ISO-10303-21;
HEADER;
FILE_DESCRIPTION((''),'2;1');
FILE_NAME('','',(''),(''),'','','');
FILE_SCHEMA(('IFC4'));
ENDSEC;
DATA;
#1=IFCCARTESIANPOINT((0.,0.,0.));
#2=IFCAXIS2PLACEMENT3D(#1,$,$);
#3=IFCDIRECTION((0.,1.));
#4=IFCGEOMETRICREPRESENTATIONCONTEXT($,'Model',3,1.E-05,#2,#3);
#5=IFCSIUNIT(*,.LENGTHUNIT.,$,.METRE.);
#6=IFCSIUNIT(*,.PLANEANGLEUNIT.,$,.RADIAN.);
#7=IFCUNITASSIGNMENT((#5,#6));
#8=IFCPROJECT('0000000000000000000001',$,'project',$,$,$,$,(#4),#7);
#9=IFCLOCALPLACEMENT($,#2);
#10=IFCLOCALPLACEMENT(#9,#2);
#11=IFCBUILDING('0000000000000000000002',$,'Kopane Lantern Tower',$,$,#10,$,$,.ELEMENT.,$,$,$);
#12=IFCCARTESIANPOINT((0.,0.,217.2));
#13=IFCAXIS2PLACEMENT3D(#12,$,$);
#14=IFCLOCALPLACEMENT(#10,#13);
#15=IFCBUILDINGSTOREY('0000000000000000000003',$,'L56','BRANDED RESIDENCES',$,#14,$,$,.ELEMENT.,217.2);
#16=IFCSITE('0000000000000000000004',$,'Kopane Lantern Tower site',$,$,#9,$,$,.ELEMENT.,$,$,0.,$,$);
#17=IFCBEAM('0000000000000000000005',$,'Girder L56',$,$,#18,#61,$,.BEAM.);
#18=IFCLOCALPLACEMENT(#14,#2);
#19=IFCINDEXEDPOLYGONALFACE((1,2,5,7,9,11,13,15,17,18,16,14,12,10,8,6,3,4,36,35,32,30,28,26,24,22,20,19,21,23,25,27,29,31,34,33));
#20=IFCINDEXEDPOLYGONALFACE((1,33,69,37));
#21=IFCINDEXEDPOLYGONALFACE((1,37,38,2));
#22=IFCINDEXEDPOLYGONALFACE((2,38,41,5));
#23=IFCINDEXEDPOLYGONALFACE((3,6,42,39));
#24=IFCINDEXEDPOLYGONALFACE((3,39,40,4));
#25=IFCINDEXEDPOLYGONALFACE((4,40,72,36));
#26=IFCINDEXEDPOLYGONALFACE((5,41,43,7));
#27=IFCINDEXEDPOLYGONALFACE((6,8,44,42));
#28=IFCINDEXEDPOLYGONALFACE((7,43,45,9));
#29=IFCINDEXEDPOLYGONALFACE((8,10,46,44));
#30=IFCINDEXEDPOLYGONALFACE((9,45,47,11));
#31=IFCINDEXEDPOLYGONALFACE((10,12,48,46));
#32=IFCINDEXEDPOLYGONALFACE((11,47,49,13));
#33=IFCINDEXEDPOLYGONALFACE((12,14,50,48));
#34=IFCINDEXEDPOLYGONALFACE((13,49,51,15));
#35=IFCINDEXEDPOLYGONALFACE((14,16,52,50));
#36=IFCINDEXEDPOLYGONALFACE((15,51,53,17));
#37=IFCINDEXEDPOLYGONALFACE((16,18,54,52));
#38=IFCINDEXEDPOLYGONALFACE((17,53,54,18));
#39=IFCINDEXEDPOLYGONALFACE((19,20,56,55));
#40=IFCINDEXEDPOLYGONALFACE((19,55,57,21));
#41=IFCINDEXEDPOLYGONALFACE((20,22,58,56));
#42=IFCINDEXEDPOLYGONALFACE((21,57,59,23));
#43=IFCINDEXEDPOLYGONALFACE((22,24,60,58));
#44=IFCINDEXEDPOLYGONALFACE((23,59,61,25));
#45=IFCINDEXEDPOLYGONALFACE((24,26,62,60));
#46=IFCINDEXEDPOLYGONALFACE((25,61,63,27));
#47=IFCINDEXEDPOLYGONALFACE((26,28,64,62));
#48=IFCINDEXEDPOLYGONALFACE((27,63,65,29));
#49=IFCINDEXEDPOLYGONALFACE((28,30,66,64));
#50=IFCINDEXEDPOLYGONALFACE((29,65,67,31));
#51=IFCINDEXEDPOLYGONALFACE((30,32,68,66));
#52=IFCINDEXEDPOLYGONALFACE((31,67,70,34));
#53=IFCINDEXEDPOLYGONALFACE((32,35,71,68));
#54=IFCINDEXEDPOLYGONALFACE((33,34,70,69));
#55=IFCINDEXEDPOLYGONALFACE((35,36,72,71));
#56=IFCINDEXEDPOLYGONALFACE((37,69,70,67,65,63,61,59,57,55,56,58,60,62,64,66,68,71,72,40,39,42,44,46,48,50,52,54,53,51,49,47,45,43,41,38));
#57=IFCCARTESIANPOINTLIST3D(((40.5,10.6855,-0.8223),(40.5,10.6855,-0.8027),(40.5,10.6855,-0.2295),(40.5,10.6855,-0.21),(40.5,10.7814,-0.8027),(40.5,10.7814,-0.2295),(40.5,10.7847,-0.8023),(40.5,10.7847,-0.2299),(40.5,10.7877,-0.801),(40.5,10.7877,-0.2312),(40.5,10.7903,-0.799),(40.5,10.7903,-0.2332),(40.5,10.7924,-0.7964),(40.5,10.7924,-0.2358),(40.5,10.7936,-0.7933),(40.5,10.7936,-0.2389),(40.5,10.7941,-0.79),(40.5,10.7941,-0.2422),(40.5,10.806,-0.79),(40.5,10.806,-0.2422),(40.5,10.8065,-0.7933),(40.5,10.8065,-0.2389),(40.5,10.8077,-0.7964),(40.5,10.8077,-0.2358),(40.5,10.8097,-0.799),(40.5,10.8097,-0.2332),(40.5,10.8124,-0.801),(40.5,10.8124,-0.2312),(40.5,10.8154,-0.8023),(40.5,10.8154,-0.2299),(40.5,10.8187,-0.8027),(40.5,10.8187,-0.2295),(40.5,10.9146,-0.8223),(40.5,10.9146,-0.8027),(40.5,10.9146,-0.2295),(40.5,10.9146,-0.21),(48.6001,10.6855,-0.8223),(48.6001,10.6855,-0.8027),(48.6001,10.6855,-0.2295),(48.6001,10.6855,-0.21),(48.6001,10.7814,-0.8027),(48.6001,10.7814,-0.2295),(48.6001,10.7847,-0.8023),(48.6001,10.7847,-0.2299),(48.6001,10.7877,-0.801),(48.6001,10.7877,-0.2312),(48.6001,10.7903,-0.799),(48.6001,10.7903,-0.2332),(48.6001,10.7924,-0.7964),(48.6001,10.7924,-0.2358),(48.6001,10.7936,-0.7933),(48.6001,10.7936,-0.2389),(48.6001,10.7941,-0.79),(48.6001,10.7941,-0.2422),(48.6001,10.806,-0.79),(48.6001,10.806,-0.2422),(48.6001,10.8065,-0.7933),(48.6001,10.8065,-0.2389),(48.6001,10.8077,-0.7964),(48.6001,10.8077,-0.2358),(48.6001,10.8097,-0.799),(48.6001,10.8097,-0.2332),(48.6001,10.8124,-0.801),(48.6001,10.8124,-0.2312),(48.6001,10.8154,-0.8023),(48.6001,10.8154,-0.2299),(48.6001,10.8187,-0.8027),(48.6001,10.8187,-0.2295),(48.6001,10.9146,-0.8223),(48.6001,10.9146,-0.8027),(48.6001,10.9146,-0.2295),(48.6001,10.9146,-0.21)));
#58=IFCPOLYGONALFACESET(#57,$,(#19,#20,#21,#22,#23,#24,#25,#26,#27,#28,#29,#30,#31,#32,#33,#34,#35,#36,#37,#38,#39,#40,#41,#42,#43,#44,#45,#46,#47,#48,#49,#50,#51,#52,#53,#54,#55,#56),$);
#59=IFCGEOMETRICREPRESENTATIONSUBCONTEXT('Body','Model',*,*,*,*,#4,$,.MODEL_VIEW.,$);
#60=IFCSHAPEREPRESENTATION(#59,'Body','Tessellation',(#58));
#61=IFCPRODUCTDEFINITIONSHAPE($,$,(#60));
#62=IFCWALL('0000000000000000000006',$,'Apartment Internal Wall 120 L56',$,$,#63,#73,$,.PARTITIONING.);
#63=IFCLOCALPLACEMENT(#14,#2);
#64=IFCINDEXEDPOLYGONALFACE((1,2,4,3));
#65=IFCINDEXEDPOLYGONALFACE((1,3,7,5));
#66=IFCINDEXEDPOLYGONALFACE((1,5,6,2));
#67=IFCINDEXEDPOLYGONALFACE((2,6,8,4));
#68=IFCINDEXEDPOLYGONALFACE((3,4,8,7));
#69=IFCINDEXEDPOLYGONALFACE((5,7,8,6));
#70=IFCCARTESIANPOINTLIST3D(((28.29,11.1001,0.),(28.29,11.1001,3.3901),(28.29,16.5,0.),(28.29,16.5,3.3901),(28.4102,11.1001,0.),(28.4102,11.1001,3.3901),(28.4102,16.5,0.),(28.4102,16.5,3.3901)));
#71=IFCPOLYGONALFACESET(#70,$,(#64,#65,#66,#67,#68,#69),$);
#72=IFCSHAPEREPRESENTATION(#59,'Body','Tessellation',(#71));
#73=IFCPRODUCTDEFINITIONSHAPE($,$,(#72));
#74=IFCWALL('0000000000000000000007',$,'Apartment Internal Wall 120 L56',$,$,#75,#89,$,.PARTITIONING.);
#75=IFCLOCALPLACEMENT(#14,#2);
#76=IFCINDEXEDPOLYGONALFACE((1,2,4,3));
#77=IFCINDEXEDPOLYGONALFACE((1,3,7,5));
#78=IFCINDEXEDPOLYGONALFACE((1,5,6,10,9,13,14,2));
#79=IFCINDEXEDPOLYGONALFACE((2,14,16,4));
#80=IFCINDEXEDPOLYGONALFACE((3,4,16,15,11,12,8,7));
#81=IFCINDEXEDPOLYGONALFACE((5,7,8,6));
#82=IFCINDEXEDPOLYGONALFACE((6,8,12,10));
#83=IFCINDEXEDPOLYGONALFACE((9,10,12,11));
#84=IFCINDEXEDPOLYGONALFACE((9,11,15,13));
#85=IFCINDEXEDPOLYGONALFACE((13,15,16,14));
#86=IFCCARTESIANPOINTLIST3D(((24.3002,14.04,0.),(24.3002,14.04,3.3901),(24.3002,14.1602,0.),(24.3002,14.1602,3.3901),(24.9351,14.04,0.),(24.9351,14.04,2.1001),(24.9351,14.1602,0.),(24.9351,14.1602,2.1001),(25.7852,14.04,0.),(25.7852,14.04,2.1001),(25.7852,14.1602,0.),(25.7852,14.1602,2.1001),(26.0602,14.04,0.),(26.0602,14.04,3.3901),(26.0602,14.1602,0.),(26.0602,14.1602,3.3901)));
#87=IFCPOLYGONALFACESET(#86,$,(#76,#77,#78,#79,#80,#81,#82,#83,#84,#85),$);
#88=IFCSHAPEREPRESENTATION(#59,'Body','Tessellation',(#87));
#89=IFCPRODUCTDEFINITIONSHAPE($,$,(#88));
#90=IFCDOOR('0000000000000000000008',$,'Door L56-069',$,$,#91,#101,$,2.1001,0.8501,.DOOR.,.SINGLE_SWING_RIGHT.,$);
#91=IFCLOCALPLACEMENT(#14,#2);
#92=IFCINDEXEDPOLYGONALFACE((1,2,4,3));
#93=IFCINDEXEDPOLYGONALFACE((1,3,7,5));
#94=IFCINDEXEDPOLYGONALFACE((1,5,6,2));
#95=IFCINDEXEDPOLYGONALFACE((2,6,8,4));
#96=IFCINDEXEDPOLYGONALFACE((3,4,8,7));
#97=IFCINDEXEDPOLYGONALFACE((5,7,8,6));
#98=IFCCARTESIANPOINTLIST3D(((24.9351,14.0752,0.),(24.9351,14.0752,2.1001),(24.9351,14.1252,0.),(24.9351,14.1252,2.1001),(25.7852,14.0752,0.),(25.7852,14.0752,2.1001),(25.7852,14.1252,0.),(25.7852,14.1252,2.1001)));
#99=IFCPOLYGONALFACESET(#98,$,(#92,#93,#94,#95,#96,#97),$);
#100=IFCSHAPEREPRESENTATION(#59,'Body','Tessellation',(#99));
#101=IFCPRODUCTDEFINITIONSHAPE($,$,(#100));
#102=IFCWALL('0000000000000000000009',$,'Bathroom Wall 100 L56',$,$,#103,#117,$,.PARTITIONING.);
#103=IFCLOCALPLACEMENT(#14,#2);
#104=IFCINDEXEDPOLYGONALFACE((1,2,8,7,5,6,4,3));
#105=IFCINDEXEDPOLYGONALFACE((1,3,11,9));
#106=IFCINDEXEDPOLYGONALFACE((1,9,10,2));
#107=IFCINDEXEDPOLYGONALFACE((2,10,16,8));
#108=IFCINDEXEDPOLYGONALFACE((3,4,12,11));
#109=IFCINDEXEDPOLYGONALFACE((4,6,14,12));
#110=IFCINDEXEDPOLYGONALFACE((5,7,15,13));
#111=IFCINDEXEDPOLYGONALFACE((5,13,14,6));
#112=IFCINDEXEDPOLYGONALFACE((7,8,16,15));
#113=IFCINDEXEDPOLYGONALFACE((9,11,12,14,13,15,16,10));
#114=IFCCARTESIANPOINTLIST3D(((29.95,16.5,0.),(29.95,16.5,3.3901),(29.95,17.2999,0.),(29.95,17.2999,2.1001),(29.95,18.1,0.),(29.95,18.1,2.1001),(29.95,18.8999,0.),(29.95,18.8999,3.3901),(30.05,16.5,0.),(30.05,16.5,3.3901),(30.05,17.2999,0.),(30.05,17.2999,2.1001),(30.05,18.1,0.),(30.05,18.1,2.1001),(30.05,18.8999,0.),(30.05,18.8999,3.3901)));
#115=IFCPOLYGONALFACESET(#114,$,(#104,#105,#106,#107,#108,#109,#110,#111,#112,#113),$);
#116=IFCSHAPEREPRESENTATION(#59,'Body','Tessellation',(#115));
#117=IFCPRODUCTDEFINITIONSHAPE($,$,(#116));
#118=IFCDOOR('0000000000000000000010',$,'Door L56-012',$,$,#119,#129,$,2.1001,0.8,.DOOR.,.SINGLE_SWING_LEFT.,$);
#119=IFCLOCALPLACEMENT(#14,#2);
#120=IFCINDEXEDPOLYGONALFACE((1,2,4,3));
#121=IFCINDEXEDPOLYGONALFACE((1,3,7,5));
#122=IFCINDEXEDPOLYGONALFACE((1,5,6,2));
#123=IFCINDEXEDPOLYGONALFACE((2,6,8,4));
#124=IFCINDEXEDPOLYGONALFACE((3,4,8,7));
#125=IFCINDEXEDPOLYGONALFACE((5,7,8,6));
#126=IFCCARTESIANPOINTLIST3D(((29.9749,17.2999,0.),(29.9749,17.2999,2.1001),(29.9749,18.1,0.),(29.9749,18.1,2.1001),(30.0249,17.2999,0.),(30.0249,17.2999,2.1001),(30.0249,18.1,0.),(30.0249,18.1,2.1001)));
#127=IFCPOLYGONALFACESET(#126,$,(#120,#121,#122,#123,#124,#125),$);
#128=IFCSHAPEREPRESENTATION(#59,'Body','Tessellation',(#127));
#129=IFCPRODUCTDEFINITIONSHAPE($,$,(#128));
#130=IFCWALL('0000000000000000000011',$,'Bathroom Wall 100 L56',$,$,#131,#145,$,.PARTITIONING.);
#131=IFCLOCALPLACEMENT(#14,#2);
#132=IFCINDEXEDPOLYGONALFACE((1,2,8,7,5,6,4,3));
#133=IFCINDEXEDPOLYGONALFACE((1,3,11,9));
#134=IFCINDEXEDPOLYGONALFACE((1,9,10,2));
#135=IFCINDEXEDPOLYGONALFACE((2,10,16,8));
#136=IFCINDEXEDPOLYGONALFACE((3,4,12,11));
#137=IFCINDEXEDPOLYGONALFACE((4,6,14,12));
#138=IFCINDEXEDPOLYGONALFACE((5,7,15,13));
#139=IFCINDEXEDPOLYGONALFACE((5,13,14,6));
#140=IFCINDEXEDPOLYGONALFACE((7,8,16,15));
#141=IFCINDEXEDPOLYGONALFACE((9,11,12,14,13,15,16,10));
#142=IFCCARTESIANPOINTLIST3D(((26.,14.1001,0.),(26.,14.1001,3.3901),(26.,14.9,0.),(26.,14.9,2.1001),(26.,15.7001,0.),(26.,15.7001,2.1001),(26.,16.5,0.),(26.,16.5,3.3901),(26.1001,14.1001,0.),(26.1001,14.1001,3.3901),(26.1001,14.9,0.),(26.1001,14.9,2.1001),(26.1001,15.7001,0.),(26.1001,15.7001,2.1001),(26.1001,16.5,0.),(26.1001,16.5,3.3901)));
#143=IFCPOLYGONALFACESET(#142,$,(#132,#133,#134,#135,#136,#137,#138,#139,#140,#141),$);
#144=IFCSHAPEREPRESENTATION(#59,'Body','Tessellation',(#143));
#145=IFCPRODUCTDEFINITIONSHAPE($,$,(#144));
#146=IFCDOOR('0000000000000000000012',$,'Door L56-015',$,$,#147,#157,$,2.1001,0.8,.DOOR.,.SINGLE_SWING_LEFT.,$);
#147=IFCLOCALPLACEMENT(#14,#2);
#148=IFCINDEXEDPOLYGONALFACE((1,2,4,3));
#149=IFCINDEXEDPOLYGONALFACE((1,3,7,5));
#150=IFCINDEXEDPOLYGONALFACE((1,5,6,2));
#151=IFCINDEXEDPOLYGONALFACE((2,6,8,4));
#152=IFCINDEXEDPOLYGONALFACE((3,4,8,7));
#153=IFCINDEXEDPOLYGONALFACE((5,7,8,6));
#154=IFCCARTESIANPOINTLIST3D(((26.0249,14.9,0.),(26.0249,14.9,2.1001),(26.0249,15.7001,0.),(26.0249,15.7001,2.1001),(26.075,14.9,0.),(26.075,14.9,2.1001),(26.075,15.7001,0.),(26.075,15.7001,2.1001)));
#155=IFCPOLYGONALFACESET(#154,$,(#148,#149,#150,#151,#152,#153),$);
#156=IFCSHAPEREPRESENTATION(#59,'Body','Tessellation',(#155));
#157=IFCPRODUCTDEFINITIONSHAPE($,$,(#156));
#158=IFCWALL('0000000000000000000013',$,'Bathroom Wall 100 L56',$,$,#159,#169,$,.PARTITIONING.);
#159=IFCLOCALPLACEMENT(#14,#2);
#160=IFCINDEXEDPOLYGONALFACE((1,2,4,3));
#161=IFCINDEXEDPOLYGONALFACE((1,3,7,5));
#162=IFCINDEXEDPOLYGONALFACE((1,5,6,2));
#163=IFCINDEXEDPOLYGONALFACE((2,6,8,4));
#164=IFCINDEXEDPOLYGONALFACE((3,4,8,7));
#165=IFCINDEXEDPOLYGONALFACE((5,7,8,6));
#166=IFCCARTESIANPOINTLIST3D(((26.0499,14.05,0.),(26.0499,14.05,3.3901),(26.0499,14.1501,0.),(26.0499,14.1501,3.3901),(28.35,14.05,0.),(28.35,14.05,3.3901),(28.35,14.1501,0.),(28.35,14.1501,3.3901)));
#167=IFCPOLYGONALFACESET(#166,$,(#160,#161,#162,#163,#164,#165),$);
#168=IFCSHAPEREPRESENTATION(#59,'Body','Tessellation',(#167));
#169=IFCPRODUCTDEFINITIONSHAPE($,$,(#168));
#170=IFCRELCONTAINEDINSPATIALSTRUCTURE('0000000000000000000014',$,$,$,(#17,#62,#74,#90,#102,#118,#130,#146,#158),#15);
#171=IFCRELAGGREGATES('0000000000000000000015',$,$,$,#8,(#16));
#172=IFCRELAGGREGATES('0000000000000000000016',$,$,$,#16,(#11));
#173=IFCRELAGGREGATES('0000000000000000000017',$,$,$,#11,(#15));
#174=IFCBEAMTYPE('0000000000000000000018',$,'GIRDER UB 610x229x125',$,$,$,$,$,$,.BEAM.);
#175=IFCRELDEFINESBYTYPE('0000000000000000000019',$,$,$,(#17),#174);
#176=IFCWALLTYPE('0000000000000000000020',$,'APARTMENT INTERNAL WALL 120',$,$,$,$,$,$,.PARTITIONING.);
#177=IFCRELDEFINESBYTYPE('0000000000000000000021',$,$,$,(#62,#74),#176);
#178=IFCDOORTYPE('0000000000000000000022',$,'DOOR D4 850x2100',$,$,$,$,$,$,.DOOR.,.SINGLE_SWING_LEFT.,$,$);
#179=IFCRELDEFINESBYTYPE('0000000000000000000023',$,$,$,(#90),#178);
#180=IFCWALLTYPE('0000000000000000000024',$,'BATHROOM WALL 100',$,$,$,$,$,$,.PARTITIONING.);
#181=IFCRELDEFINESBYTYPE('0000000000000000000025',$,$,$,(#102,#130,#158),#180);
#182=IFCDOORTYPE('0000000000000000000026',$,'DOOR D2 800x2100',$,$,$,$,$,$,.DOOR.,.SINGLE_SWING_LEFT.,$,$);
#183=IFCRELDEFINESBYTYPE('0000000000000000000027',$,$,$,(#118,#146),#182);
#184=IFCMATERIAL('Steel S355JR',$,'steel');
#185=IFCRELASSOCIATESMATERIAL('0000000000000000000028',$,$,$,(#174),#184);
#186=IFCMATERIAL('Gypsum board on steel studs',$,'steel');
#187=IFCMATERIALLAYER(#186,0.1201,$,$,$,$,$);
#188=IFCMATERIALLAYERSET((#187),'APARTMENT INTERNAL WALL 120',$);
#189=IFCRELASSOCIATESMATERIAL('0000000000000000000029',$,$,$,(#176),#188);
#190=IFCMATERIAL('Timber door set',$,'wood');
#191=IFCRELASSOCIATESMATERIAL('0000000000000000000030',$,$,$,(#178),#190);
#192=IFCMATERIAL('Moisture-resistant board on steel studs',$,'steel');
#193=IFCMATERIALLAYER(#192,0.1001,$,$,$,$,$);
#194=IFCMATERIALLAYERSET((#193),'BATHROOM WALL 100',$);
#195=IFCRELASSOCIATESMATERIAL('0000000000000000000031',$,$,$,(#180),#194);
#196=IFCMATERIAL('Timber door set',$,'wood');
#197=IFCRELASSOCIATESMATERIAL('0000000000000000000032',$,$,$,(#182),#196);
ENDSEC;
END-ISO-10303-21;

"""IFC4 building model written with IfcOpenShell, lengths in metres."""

from ifc_helpers import new_model, si_unit, direction, frame, frame_2d, origin, origin_2d, place, context, subcontext, project, spatial, rectangle, i_section, extrude, material, layer, layer_set, material_profile, profile_set, type_object, element, fill, save


model = new_model("IFC4")

# Units and contexts
model_context = context("Model", 3, precision=1e-05, world=origin(), true_north=direction((0.0, 1.0)))
body_context = subcontext(model_context, "Body", "Model", "MODEL_VIEW")
ifc_project = project(units=[si_unit("LENGTHUNIT", "METRE"), si_unit("PLANEANGLEUNIT", "RADIAN")], contexts=[model_context])

# Site, building, storey
site_placement = place(None, origin())
site = spatial("IfcSite", under=ifc_project, at=site_placement, Name="Kopane Lantern Tower site", CompositionType="ELEMENT", RefElevation=0.0)
building_placement = place(site_placement, origin())
building = spatial("IfcBuilding", under=site, at=building_placement, Name="Kopane Lantern Tower", CompositionType="ELEMENT")
storey_placement = place(building_placement, frame((0.0, 0.0, 217.2)))
storey = spatial("IfcBuildingStorey", under=building, at=storey_placement, Name="L56", Description="BRANDED RESIDENCES", CompositionType="ELEMENT", Elevation=217.2)

# Beam
ifc_material_1 = material(Name="Steel S355JR", Category="steel")
ifc_material_profile_1 = material_profile(ifc_material_1, i_section(OverallWidth=0.229, OverallDepth=0.6123, WebThickness=0.012, FlangeThickness=0.0195, FilletRadius=0.0127, at=origin_2d()), Name="UB 610x229x125")
ifc_profile_set_1 = profile_set([ifc_material_profile_1], Name="Steel S355JR")
beam_type = type_object("IfcBeamType", Name="GIRDER UB 610x229x125", PredefinedType="BEAM", material=ifc_profile_set_1)
beam_1_placement = place(storey_placement, frame((40.5, 10.8, -0.5161), z_axis=(1.0, 0.0, 0.0), x_axis=(0.0, 1.0, 0.0)))
element("IfcBeam", 1, at=beam_1_placement, inside=storey, type_object=beam_type, Name="Girder L56", PredefinedType="BEAM", context=body_context, shape_type="SweptSolid", body=[
    extrude(i_section(OverallWidth=0.229, OverallDepth=0.6123, WebThickness=0.012, FlangeThickness=0.0195, FilletRadius=0.0127, at=origin_2d()), origin(), (0.0, 0.0, 1.0), 8.1001),
])

# Wall
ifc_material_2 = material(Name="Gypsum board on steel studs", Category="steel")
ifc_layer_1 = layer(ifc_material_2, 0.1201)
ifc_layer_set_1 = layer_set([ifc_layer_1], Name="APARTMENT INTERNAL WALL 120")
wall_type_1 = type_object("IfcWallType", Name="APARTMENT INTERNAL WALL 120", PredefinedType="PARTITIONING", material=ifc_layer_set_1)
wall_1_placement = place(storey_placement, frame((28.3501, 16.5, 0.0), z_axis=(0.0, 0.0, 1.0), x_axis=(0.0, -1.0, 0.0)))
element("IfcWall", 2, at=wall_1_placement, inside=storey, type_object=wall_type_1, Name="Apartment Internal Wall 120 L56", PredefinedType="PARTITIONING", context=body_context, shape_type="SweptSolid", body=[
    extrude(rectangle(XDim=5.3999, YDim=0.1201, at=frame_2d((2.7, 0.0))), origin(), (0.0, 0.0, 1.0), 3.3901),
])

# Walls, openings, doors
wall_2_placement = place(storey_placement, frame((26.0601, 14.1001, 0.0), z_axis=(0.0, 0.0, 1.0), x_axis=(-1.0, 0.0, 0.0)))
wall_2 = element("IfcWall", 3, at=wall_2_placement, inside=storey, type_object=wall_type_1, Name="Apartment Internal Wall 120 L56", PredefinedType="PARTITIONING", context=body_context, shape_type="SweptSolid", body=[
    extrude(rectangle(XDim=1.76, YDim=0.1201, at=frame_2d((0.8799, 0.0))), origin(), (0.0, 0.0, 1.0), 3.3901),
])
opening_1_placement = place(wall_2_placement, frame((0.2749, 0.0, 0.0)))
opening_1 = element("IfcOpeningElement", 4, at=opening_1_placement, cuts=wall_2, PredefinedType="OPENING", context=body_context, shape_type="SweptSolid", body=[
    extrude(rectangle(XDim=0.8501, YDim=2.1001, at=frame_2d((0.425, 1.05))), frame((0.0, 0.0701, 0.0), z_axis=(0.0, -1.0, 0.0), x_axis=(1.0, 0.0, 0.0)), (0.0, 0.0, 1.0), 0.1401),
])
ifc_material_3 = material(Name="Timber door set", Category="wood")
door_type_1 = type_object("IfcDoorType", Name="DOOR D4 850x2100", OperationType="SINGLE_SWING_LEFT", PredefinedType="DOOR", material=ifc_material_3)
door_1_placement = place(opening_1_placement, origin())
door_1 = element("IfcDoor", 5, at=door_1_placement, inside=storey, type_object=door_type_1, Name="Door L56-069", OperationType="SINGLE_SWING_RIGHT", OverallHeight=2.1001, OverallWidth=0.8501, PredefinedType="DOOR", context=body_context, shape_type="SweptSolid", body=[
    extrude(rectangle(XDim=0.8501, YDim=2.1001, at=frame_2d((0.425, 1.05))), frame((0.0, 0.0249, 0.0), z_axis=(0.0, -1.0, 0.0), x_axis=(1.0, 0.0, 0.0)), (0.0, 0.0, 1.0), 0.05),
])
fill(opening_1, door_1)
ifc_material_4 = material(Name="Moisture-resistant board on steel studs", Category="steel")
ifc_layer_2 = layer(ifc_material_4, 0.1001)
ifc_layer_set_2 = layer_set([ifc_layer_2], Name="BATHROOM WALL 100")
wall_type_2 = type_object("IfcWallType", Name="BATHROOM WALL 100", PredefinedType="PARTITIONING", material=ifc_layer_set_2)
wall_3_placement = place(storey_placement, frame((30.0, 18.8999, 0.0), z_axis=(0.0, 0.0, 1.0), x_axis=(0.0, -1.0, 0.0)))
wall_3 = element("IfcWall", 6, at=wall_3_placement, inside=storey, type_object=wall_type_2, Name="Bathroom Wall 100 L56", PredefinedType="PARTITIONING", context=body_context, shape_type="SweptSolid", body=[
    extrude(rectangle(XDim=2.3999, YDim=0.1001, at=frame_2d((1.2, 0.0))), origin(), (0.0, 0.0, 1.0), 3.3901),
])
opening_2_placement = place(wall_3_placement, frame((0.8, 0.0, 0.0)))
opening_2 = element("IfcOpeningElement", 7, at=opening_2_placement, cuts=wall_3, PredefinedType="OPENING", context=body_context, shape_type="SweptSolid", body=[
    extrude(rectangle(XDim=0.8, YDim=2.1001, at=frame_2d((0.3999, 1.05))), frame((0.0, 0.0601, 0.0), z_axis=(0.0, -1.0, 0.0), x_axis=(1.0, 0.0, 0.0)), (0.0, 0.0, 1.0), 0.1201),
])
ifc_material_5 = material(Name="Timber door set", Category="wood")
door_type_2 = type_object("IfcDoorType", Name="DOOR D2 800x2100", OperationType="SINGLE_SWING_LEFT", PredefinedType="DOOR", material=ifc_material_5)
door_2_placement = place(opening_2_placement, origin())
door_2 = element("IfcDoor", 8, at=door_2_placement, inside=storey, type_object=door_type_2, Name="Door L56-012", OperationType="SINGLE_SWING_LEFT", OverallHeight=2.1001, OverallWidth=0.8, PredefinedType="DOOR", context=body_context, shape_type="SweptSolid", body=[
    extrude(rectangle(XDim=0.8, YDim=2.1001, at=frame_2d((0.3999, 1.05))), frame((0.0, 0.0249, 0.0), z_axis=(0.0, -1.0, 0.0), x_axis=(1.0, 0.0, 0.0)), (0.0, 0.0, 1.0), 0.05),
])
fill(opening_2, door_2)
wall_4_placement = place(storey_placement, frame((26.05, 16.5, 0.0), z_axis=(0.0, 0.0, 1.0), x_axis=(0.0, -1.0, 0.0)))
wall_4 = element("IfcWall", 9, at=wall_4_placement, inside=storey, type_object=wall_type_2, Name="Bathroom Wall 100 L56", PredefinedType="PARTITIONING", context=body_context, shape_type="SweptSolid", body=[
    extrude(rectangle(XDim=2.3999, YDim=0.1001, at=frame_2d((1.2, 0.0))), origin(), (0.0, 0.0, 1.0), 3.3901),
])
opening_3_placement = place(wall_4_placement, frame((0.8, 0.0, 0.0)))
opening_3 = element("IfcOpeningElement", 10, at=opening_3_placement, cuts=wall_4, PredefinedType="OPENING", context=body_context, shape_type="SweptSolid", body=[
    extrude(rectangle(XDim=0.8, YDim=2.1001, at=frame_2d((0.3999, 1.05))), frame((0.0, 0.0601, 0.0), z_axis=(0.0, -1.0, 0.0), x_axis=(1.0, 0.0, 0.0)), (0.0, 0.0, 1.0), 0.1201),
])
door_3_placement = place(opening_3_placement, origin())
door_3 = element("IfcDoor", 11, at=door_3_placement, inside=storey, type_object=door_type_2, Name="Door L56-015", OperationType="SINGLE_SWING_LEFT", OverallHeight=2.1001, OverallWidth=0.8, PredefinedType="DOOR", context=body_context, shape_type="SweptSolid", body=[
    extrude(rectangle(XDim=0.8, YDim=2.1001, at=frame_2d((0.3999, 1.05))), frame((0.0, 0.0249, 0.0), z_axis=(0.0, -1.0, 0.0), x_axis=(1.0, 0.0, 0.0)), (0.0, 0.0, 1.0), 0.05),
])
fill(opening_3, door_3)

# Wall
wall_5_placement = place(storey_placement, frame((26.05, 14.1001, 0.0), z_axis=(0.0, 0.0, 1.0), x_axis=(1.0, 0.0, 0.0)))
element("IfcWall", 12, at=wall_5_placement, inside=storey, type_object=wall_type_2, Name="Bathroom Wall 100 L56", PredefinedType="PARTITIONING", context=body_context, shape_type="SweptSolid", body=[
    extrude(rectangle(XDim=2.3, YDim=0.1001, at=frame_2d((1.1499, 0.0))), origin(), (0.0, 0.0, 1.0), 3.3901),
])

save(model, "model.ifc")
